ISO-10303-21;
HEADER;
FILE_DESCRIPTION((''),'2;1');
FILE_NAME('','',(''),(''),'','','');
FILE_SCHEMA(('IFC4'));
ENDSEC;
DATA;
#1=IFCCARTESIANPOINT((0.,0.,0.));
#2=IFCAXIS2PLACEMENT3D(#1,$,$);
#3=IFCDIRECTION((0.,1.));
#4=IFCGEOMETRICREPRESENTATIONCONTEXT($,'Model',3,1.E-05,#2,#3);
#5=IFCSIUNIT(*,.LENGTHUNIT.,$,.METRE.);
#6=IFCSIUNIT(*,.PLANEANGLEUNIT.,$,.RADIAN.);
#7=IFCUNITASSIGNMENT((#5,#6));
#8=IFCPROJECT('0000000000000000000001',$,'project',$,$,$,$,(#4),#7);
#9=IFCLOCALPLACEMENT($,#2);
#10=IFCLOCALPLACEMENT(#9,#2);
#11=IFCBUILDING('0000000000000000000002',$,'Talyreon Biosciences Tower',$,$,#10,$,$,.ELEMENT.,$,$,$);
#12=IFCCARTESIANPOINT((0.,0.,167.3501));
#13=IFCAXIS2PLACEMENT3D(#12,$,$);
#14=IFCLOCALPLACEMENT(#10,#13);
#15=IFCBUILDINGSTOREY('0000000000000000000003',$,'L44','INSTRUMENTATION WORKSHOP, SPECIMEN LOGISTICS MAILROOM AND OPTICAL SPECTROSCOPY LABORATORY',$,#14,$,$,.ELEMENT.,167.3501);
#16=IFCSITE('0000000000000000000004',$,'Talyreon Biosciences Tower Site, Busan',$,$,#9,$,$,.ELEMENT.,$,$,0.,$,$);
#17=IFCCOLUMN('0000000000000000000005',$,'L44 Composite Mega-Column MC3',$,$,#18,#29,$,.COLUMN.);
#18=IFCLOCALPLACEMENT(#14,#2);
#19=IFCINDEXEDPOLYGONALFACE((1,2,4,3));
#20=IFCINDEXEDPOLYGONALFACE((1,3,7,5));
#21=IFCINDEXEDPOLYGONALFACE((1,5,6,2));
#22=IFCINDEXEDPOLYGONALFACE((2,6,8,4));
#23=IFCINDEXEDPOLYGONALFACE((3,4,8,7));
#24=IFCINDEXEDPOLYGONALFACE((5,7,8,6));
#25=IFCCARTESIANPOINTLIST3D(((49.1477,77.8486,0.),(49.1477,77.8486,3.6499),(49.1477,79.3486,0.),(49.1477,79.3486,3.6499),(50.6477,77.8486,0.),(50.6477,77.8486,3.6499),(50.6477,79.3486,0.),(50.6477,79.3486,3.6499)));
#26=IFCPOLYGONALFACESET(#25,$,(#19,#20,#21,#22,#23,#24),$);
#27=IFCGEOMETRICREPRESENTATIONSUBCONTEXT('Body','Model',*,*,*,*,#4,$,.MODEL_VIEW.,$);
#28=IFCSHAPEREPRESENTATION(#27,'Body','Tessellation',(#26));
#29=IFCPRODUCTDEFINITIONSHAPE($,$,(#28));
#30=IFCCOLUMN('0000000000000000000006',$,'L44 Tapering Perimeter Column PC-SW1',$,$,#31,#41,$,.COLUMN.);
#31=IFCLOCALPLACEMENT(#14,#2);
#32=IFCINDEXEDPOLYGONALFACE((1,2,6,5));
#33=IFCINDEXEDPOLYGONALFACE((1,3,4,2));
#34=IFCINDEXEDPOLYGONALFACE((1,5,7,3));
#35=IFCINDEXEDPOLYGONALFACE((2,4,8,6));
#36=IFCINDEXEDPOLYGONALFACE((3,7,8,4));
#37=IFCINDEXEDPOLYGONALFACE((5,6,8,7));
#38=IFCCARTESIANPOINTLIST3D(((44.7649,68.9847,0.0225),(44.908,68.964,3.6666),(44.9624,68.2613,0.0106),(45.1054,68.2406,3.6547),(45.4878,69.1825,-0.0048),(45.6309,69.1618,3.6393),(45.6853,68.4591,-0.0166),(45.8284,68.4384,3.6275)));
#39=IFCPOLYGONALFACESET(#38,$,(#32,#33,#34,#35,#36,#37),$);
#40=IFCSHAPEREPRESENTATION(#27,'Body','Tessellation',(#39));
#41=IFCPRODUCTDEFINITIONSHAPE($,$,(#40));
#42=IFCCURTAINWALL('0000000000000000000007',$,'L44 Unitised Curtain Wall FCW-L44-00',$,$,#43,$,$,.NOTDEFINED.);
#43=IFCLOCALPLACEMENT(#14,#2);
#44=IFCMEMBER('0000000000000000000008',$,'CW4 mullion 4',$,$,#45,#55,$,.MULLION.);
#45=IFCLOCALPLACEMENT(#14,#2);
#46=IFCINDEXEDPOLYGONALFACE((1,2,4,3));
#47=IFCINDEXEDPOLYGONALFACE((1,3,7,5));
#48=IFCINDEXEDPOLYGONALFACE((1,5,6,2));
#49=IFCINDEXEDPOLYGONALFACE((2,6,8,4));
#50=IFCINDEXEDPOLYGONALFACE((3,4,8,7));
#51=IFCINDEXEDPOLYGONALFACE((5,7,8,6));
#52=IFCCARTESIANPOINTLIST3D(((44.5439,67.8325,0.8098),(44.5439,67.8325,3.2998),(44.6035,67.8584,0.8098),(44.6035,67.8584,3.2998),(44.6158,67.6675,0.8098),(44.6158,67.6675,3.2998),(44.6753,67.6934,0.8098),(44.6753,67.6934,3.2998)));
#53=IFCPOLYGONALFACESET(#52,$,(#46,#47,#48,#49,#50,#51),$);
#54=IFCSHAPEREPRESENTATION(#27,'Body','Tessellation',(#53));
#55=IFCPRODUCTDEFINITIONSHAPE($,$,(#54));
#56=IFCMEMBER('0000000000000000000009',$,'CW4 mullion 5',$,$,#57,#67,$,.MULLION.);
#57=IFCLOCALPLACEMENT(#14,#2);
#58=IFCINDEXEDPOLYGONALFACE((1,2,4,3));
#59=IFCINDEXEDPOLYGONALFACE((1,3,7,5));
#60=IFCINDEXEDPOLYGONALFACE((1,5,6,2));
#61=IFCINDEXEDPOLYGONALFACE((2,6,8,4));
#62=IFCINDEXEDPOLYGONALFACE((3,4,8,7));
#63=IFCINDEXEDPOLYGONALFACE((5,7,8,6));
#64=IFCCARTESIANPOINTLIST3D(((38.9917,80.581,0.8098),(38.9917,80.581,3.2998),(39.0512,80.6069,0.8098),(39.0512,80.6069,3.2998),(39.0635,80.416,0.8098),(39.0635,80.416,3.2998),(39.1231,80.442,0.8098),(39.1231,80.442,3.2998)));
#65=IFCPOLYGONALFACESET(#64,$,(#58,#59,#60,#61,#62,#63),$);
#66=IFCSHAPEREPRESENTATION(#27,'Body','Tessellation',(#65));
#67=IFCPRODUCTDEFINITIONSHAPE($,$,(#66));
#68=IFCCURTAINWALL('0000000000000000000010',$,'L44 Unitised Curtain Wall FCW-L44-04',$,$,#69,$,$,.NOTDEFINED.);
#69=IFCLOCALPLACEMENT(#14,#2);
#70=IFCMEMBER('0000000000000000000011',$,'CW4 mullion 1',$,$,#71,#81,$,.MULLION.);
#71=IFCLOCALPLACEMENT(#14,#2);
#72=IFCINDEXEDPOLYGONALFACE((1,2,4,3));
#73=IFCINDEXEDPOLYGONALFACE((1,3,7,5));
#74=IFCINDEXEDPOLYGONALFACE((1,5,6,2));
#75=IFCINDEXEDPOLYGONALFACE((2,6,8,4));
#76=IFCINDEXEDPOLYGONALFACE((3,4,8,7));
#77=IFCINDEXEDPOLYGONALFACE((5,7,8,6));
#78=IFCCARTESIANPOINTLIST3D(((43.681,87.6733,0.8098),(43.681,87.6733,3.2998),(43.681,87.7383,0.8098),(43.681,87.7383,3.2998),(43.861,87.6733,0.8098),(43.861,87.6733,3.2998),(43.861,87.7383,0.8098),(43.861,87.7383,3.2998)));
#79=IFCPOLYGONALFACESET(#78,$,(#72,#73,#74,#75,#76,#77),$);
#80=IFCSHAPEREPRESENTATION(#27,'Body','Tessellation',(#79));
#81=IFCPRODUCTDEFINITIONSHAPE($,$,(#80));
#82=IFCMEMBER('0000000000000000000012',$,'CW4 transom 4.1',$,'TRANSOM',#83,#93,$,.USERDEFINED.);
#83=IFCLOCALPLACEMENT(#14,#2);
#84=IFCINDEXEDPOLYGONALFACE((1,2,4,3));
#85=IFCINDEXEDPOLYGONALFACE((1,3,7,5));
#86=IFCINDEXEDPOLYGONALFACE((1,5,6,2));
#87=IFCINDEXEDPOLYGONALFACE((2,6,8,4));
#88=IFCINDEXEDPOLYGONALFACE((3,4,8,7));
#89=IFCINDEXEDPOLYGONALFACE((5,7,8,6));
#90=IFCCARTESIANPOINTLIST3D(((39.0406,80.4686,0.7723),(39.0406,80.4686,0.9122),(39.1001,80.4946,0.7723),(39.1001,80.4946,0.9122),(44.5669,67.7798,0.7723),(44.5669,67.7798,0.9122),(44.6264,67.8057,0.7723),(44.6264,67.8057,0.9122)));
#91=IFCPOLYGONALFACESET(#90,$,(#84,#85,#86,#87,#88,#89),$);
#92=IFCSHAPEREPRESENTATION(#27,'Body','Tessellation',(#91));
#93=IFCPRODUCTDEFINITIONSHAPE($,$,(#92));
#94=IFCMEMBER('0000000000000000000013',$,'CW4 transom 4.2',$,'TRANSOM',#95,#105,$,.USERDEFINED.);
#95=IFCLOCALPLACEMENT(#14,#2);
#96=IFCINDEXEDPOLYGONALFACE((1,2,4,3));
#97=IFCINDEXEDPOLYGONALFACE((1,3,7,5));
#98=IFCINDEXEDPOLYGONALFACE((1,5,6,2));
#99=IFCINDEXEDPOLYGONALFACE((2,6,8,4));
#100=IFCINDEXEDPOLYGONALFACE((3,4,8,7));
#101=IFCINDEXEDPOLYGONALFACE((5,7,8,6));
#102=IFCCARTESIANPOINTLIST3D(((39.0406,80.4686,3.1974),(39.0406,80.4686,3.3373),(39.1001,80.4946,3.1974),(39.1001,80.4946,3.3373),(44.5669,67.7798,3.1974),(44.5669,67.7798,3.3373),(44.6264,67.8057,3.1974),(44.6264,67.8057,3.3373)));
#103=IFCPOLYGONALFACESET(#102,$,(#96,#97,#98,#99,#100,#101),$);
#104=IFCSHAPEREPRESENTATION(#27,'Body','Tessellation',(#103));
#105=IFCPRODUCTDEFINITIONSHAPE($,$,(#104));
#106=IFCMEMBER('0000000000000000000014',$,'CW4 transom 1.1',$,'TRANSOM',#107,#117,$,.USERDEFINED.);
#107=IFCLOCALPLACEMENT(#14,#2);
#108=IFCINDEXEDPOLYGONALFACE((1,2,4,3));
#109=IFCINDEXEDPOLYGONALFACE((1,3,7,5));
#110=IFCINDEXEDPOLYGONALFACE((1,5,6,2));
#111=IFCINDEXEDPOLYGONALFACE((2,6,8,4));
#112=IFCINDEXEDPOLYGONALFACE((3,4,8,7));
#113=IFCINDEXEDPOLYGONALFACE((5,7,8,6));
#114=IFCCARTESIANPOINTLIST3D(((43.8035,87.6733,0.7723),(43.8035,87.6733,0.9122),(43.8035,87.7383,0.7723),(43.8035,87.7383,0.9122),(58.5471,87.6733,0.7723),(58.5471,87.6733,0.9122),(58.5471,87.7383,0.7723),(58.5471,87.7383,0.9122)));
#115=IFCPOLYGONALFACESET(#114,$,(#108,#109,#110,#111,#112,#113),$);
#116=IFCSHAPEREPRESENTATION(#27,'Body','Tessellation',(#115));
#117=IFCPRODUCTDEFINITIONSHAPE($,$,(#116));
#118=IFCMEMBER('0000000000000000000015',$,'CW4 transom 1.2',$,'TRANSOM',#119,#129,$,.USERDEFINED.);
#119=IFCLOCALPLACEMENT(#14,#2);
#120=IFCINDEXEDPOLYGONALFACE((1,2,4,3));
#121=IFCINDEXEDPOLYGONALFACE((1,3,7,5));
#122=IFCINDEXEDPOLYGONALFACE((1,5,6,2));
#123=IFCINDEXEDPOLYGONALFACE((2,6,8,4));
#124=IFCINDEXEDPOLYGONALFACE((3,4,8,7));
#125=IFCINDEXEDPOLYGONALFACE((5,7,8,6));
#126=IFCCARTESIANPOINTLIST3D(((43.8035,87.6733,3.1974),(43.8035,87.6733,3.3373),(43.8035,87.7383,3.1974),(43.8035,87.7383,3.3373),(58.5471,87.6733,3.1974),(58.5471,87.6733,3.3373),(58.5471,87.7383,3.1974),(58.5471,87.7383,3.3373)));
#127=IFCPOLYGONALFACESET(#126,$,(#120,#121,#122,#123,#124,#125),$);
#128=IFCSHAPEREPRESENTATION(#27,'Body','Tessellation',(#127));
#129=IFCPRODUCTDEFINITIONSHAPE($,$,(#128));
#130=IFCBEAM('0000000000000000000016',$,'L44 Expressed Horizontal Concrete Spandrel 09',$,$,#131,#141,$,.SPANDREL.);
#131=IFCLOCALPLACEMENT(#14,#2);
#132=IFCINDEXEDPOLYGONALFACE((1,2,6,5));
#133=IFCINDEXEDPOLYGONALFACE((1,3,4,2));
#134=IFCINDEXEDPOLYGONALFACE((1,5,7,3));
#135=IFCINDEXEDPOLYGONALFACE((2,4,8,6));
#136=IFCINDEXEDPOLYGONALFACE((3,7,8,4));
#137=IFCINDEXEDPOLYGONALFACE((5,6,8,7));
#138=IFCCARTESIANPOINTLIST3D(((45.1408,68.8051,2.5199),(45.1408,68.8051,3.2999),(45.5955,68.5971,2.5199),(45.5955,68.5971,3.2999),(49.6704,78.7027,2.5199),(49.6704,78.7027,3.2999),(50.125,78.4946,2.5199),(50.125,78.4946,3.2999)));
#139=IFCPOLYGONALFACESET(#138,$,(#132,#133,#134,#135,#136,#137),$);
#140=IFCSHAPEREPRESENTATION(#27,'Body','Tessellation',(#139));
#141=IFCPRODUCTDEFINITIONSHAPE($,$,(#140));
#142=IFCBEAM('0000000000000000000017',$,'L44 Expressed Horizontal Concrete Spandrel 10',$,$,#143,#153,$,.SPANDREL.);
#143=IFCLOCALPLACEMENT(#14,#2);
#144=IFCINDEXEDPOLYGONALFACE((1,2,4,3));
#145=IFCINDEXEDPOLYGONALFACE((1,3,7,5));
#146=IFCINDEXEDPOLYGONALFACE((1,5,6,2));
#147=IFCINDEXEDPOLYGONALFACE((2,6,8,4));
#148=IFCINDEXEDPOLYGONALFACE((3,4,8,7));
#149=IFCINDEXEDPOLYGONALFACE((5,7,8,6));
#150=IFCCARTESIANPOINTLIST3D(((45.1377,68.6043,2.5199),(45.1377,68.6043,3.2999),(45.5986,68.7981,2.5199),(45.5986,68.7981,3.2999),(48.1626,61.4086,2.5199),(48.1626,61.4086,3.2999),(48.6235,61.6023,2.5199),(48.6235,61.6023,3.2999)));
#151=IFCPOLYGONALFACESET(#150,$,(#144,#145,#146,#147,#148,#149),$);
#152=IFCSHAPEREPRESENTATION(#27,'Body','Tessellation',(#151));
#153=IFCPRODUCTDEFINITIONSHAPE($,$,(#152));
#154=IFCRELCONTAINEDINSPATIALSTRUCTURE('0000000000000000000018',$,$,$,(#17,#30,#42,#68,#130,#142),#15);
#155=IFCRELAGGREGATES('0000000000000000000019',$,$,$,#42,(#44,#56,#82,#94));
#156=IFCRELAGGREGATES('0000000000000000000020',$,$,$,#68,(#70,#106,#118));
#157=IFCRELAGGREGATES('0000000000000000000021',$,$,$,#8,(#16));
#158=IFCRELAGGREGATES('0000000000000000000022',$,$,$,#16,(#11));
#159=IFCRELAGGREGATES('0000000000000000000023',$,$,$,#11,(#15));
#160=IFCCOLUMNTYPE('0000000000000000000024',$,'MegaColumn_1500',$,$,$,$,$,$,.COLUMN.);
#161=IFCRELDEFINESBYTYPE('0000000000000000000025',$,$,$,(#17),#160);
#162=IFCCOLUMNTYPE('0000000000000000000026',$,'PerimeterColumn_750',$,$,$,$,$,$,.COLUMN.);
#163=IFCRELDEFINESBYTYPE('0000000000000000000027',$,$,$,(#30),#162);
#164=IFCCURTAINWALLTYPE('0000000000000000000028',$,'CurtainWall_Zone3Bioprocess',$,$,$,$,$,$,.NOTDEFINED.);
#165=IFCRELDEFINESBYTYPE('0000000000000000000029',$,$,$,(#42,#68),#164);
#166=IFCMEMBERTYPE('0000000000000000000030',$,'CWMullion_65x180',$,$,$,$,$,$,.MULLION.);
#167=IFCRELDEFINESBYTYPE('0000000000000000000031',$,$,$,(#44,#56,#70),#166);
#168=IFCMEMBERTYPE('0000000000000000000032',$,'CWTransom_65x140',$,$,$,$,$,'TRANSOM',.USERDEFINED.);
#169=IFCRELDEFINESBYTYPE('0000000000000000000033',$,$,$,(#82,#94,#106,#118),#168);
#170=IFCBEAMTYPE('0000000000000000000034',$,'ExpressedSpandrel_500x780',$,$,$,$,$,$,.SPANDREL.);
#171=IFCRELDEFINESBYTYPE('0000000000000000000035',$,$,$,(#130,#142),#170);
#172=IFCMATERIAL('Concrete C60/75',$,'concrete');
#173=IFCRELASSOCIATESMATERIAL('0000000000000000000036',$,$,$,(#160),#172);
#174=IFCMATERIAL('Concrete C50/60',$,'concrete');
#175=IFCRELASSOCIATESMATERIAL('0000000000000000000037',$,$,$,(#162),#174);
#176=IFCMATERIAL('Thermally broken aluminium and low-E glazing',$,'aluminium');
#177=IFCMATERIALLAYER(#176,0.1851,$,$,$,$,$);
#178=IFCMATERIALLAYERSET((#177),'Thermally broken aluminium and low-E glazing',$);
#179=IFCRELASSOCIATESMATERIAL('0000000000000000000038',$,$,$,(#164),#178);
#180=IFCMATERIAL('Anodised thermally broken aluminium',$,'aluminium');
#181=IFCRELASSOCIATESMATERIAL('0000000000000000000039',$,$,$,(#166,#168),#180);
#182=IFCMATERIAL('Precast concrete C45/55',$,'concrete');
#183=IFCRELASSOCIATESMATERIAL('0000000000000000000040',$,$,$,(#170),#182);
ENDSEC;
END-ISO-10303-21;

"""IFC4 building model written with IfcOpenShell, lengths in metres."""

from ifc_helpers import new_model, si_unit, direction, frame, origin, origin_2d, place, context, subcontext, project, spatial, rectangle, extrude, material, layer, layer_set, material_profile, profile_set, type_object, element, aggregate, save


model = new_model("IFC4")

# Units and contexts
model_context = context("Model", 3, precision=1e-05, world=origin(), true_north=direction((0.0, 1.0)))
body_context = subcontext(model_context, "Body", "Model", "MODEL_VIEW")
ifc_project = project(units=[si_unit("LENGTHUNIT", "METRE"), si_unit("PLANEANGLEUNIT", "RADIAN")], contexts=[model_context])

# Site, building, storey
site_placement = place(None, origin())
site = spatial("IfcSite", under=ifc_project, at=site_placement, Name="Talyreon Biosciences Tower Site, Busan", CompositionType="ELEMENT", RefElevation=0.0)
building_placement = place(site_placement, origin())
building = spatial("IfcBuilding", under=site, at=building_placement, Name="Talyreon Biosciences Tower", CompositionType="ELEMENT")
storey_placement = place(building_placement, frame((0.0, 0.0, 167.3501)))
storey = spatial("IfcBuildingStorey", under=building, at=storey_placement, Name="L44", Description="INSTRUMENTATION WORKSHOP, SPECIMEN LOGISTICS MAILROOM AND OPTICAL SPECTROSCOPY LABORATORY", CompositionType="ELEMENT", Elevation=167.3501)

# Columns
ifc_material_1 = material(Name="Concrete C60/75", Category="concrete")
ifc_material_profile_1 = material_profile(ifc_material_1, rectangle(XDim=1.5, YDim=1.5, at=origin_2d()), Name="RC 1500x1500")
ifc_profile_set_1 = profile_set([ifc_material_profile_1], Name="Concrete C60/75")
column_type_1 = type_object("IfcColumnType", Name="MegaColumn_1500", PredefinedType="COLUMN", material=ifc_profile_set_1)
column_1_placement = place(storey_placement, frame((49.8977, 78.5986, 0.0), z_axis=(0.0, 0.0, 1.0), x_axis=(1.0, 0.0, 0.0)))
element("IfcColumn", 1, at=column_1_placement, inside=storey, type_object=column_type_1, Name="L44 Composite Mega-Column MC3", PredefinedType="COLUMN", context=body_context, shape_type="SweptSolid", body=[
    extrude(rectangle(XDim=1.5, YDim=1.5, at=origin_2d()), origin(), (0.0, 0.0, 1.0), 3.6499),
])
ifc_material_2 = material(Name="Concrete C50/60", Category="concrete")
ifc_material_profile_2 = material_profile(ifc_material_2, rectangle(XDim=0.75, YDim=0.75, at=origin_2d()), Name="RC 750x750")
ifc_profile_set_2 = profile_set([ifc_material_profile_2], Name="Concrete C50/60")
column_type_2 = type_object("IfcColumnType", Name="PerimeterColumn_750", PredefinedType="COLUMN", material=ifc_profile_set_2)
column_2_placement = place(storey_placement, frame((45.2251, 68.7219, 0.0029), z_axis=(0.039229, -0.00569, 0.999214), x_axis=(0.96391, 0.263736, -0.036342)))
element("IfcColumn", 2, at=column_2_placement, inside=storey, type_object=column_type_2, Name="L44 Tapering Perimeter Column PC-SW1", PredefinedType="COLUMN", context=body_context, shape_type="SweptSolid", body=[
    extrude(rectangle(XDim=0.75, YDim=0.75, at=origin_2d()), origin(), (0.0, 0.0, 1.0), 3.647),
])

# Curtain wall, members
ifc_material_3 = material(Name="Thermally broken aluminium and low-E glazing", Category="aluminium")
ifc_layer_1 = layer(ifc_material_3, 0.1851)
ifc_layer_set_1 = layer_set([ifc_layer_1], Name="Thermally broken aluminium and low-E glazing")
curtain_wall_type = type_object("IfcCurtainWallType", Name="CurtainWall_Zone3Bioprocess", PredefinedType="NOTDEFINED", material=ifc_layer_set_1)
curtain_wall_1_placement = place(storey_placement, origin())
curtain_wall_1 = element("IfcCurtainWall", 3, at=curtain_wall_1_placement, inside=storey, type_object=curtain_wall_type, Name="L44 Unitised Curtain Wall FCW-L44-00", PredefinedType="NOTDEFINED")
ifc_material_4 = material(Name="Anodised thermally broken aluminium", Category="aluminium")
ifc_material_profile_3 = material_profile(ifc_material_4, rectangle(XDim=0.0649, YDim=0.1799, at=origin_2d()), Name="ALUM MULLION 65x180")
ifc_profile_set_3 = profile_set([ifc_material_profile_3], Name="Anodised thermally broken aluminium")
member_type_1 = type_object("IfcMemberType", Name="CWMullion_65x180", PredefinedType="MULLION", material=ifc_profile_set_3)
member_1_placement = place(storey_placement, frame((44.6096, 67.7629, 0.8098), z_axis=(0.0, 0.0, 1.0), x_axis=(-0.91682, -0.3993, 0.0)))
member_1 = element("IfcMember", 4, at=member_1_placement, type_object=member_type_1, Name="CW4 mullion 4", PredefinedType="MULLION", context=body_context, shape_type="SweptSolid", body=[
    extrude(rectangle(XDim=0.0649, YDim=0.1799, at=origin_2d()), origin(), (0.0, 0.0, 1.0), 2.49),
])
member_2_placement = place(storey_placement, frame((39.0574, 80.5115, 0.8098), z_axis=(0.0, 0.0, 1.0), x_axis=(-0.91682, -0.3993, 0.0)))
member_2 = element("IfcMember", 5, at=member_2_placement, type_object=member_type_1, Name="CW4 mullion 5", PredefinedType="MULLION", context=body_context, shape_type="SweptSolid", body=[
    extrude(rectangle(XDim=0.0649, YDim=0.1799, at=origin_2d()), origin(), (0.0, 0.0, 1.0), 2.49),
])

# Curtain wall, member
curtain_wall_2_placement = place(storey_placement, origin())
curtain_wall_2 = element("IfcCurtainWall", 6, at=curtain_wall_2_placement, inside=storey, type_object=curtain_wall_type, Name="L44 Unitised Curtain Wall FCW-L44-04", PredefinedType="NOTDEFINED")
member_3_placement = place(storey_placement, frame((43.771, 87.7058, 0.8098), z_axis=(0.0, 0.0, 1.0), x_axis=(0.0, 1.0, 0.0)))
member_3 = element("IfcMember", 7, at=member_3_placement, type_object=member_type_1, Name="CW4 mullion 1", PredefinedType="MULLION", context=body_context, shape_type="SweptSolid", body=[
    extrude(rectangle(XDim=0.0649, YDim=0.1799, at=origin_2d()), origin(), (0.0, 0.0, 1.0), 2.49),
])

# Members
ifc_material_profile_4 = material_profile(ifc_material_4, rectangle(XDim=0.0649, YDim=0.1399, at=origin_2d()), Name="ALUM TRANSOM 65x140")
ifc_profile_set_4 = profile_set([ifc_material_profile_4], Name="Anodised thermally broken aluminium")
member_type_2 = type_object("IfcMemberType", Name="CWTransom_65x140", ElementType="TRANSOM", PredefinedType="USERDEFINED", material=ifc_profile_set_4)
member_4_placement = place(storey_placement, frame((44.5967, 67.7927, 0.8423), z_axis=(-0.399299, 0.916821, 0.0), x_axis=(-0.916821, -0.399299, 0.0)))
member_4 = element("IfcMember", 8, at=member_4_placement, type_object=member_type_2, Name="CW4 transom 4.1", ObjectType="TRANSOM", PredefinedType="USERDEFINED", context=body_context, shape_type="SweptSolid", body=[
    extrude(rectangle(XDim=0.0649, YDim=0.1399, at=origin_2d()), origin(), (0.0, 0.0, 1.0), 13.8401),
])
member_5_placement = place(storey_placement, frame((44.5967, 67.7927, 3.2673), z_axis=(-0.399299, 0.916821, 0.0), x_axis=(-0.916821, -0.399299, 0.0)))
member_5 = element("IfcMember", 9, at=member_5_placement, type_object=member_type_2, Name="CW4 transom 4.2", ObjectType="TRANSOM", PredefinedType="USERDEFINED", context=body_context, shape_type="SweptSolid", body=[
    extrude(rectangle(XDim=0.0649, YDim=0.1399, at=origin_2d()), origin(), (0.0, 0.0, 1.0), 13.8401),
])
member_6_placement = place(storey_placement, frame((43.8035, 87.7058, 0.8423), z_axis=(1.0, 0.0, 0.0), x_axis=(0.0, 1.0, 0.0)))
member_6 = element("IfcMember", 10, at=member_6_placement, type_object=member_type_2, Name="CW4 transom 1.1", ObjectType="TRANSOM", PredefinedType="USERDEFINED", context=body_context, shape_type="SweptSolid", body=[
    extrude(rectangle(XDim=0.0649, YDim=0.1399, at=origin_2d()), origin(), (0.0, 0.0, 1.0), 14.7437),
])
member_7_placement = place(storey_placement, frame((43.8035, 87.7058, 3.2673), z_axis=(1.0, 0.0, 0.0), x_axis=(0.0, 1.0, 0.0)))
member_7 = element("IfcMember", 11, at=member_7_placement, type_object=member_type_2, Name="CW4 transom 1.2", ObjectType="TRANSOM", PredefinedType="USERDEFINED", context=body_context, shape_type="SweptSolid", body=[
    extrude(rectangle(XDim=0.0649, YDim=0.1399, at=origin_2d()), origin(), (0.0, 0.0, 1.0), 14.7437),
])

# Beams
ifc_material_5 = material(Name="Precast concrete C45/55", Category="concrete")
ifc_material_profile_5 = material_profile(ifc_material_5, rectangle(XDim=0.5, YDim=0.78, at=origin_2d()), Name="RCB 500x780")
ifc_profile_set_5 = profile_set([ifc_material_profile_5], Name="Precast concrete C45/55")
beam_type_1 = type_object("IfcBeamType", Name="ExpressedSpandrel_500x780", PredefinedType="SPANDREL", material=ifc_profile_set_5)
beam_1_placement = place(storey_placement, frame((49.8977, 78.5986, 2.9099), z_axis=(-0.416139, -0.909301, 0.0), x_axis=(0.909301, -0.416139, 0.0)))
element("IfcBeam", 12, at=beam_1_placement, inside=storey, type_object=beam_type_1, Name="L44 Expressed Horizontal Concrete Spandrel 09", PredefinedType="SPANDREL", context=body_context, shape_type="SweptSolid", body=[
    extrude(rectangle(XDim=0.5, YDim=0.78, at=origin_2d()), origin(), (0.0, 0.0, 1.0), 10.8848),
])
beam_2_placement = place(storey_placement, frame((45.3682, 68.7012, 2.9099), z_axis=(0.387523, -0.92186, 0.0), x_axis=(0.92186, 0.387523, 0.0)))
element("IfcBeam", 13, at=beam_2_placement, inside=storey, type_object=beam_type_1, Name="L44 Expressed Horizontal Concrete Spandrel 10", PredefinedType="SPANDREL", context=body_context, shape_type="SweptSolid", body=[
    extrude(rectangle(XDim=0.5, YDim=0.78, at=origin_2d()), origin(), (0.0, 0.0, 1.0), 7.8057),
])

aggregate(curtain_wall_1, [member_1, member_2, member_4, member_5])
aggregate(curtain_wall_2, [member_3, member_6, member_7])

save(model, "model.ifc")
